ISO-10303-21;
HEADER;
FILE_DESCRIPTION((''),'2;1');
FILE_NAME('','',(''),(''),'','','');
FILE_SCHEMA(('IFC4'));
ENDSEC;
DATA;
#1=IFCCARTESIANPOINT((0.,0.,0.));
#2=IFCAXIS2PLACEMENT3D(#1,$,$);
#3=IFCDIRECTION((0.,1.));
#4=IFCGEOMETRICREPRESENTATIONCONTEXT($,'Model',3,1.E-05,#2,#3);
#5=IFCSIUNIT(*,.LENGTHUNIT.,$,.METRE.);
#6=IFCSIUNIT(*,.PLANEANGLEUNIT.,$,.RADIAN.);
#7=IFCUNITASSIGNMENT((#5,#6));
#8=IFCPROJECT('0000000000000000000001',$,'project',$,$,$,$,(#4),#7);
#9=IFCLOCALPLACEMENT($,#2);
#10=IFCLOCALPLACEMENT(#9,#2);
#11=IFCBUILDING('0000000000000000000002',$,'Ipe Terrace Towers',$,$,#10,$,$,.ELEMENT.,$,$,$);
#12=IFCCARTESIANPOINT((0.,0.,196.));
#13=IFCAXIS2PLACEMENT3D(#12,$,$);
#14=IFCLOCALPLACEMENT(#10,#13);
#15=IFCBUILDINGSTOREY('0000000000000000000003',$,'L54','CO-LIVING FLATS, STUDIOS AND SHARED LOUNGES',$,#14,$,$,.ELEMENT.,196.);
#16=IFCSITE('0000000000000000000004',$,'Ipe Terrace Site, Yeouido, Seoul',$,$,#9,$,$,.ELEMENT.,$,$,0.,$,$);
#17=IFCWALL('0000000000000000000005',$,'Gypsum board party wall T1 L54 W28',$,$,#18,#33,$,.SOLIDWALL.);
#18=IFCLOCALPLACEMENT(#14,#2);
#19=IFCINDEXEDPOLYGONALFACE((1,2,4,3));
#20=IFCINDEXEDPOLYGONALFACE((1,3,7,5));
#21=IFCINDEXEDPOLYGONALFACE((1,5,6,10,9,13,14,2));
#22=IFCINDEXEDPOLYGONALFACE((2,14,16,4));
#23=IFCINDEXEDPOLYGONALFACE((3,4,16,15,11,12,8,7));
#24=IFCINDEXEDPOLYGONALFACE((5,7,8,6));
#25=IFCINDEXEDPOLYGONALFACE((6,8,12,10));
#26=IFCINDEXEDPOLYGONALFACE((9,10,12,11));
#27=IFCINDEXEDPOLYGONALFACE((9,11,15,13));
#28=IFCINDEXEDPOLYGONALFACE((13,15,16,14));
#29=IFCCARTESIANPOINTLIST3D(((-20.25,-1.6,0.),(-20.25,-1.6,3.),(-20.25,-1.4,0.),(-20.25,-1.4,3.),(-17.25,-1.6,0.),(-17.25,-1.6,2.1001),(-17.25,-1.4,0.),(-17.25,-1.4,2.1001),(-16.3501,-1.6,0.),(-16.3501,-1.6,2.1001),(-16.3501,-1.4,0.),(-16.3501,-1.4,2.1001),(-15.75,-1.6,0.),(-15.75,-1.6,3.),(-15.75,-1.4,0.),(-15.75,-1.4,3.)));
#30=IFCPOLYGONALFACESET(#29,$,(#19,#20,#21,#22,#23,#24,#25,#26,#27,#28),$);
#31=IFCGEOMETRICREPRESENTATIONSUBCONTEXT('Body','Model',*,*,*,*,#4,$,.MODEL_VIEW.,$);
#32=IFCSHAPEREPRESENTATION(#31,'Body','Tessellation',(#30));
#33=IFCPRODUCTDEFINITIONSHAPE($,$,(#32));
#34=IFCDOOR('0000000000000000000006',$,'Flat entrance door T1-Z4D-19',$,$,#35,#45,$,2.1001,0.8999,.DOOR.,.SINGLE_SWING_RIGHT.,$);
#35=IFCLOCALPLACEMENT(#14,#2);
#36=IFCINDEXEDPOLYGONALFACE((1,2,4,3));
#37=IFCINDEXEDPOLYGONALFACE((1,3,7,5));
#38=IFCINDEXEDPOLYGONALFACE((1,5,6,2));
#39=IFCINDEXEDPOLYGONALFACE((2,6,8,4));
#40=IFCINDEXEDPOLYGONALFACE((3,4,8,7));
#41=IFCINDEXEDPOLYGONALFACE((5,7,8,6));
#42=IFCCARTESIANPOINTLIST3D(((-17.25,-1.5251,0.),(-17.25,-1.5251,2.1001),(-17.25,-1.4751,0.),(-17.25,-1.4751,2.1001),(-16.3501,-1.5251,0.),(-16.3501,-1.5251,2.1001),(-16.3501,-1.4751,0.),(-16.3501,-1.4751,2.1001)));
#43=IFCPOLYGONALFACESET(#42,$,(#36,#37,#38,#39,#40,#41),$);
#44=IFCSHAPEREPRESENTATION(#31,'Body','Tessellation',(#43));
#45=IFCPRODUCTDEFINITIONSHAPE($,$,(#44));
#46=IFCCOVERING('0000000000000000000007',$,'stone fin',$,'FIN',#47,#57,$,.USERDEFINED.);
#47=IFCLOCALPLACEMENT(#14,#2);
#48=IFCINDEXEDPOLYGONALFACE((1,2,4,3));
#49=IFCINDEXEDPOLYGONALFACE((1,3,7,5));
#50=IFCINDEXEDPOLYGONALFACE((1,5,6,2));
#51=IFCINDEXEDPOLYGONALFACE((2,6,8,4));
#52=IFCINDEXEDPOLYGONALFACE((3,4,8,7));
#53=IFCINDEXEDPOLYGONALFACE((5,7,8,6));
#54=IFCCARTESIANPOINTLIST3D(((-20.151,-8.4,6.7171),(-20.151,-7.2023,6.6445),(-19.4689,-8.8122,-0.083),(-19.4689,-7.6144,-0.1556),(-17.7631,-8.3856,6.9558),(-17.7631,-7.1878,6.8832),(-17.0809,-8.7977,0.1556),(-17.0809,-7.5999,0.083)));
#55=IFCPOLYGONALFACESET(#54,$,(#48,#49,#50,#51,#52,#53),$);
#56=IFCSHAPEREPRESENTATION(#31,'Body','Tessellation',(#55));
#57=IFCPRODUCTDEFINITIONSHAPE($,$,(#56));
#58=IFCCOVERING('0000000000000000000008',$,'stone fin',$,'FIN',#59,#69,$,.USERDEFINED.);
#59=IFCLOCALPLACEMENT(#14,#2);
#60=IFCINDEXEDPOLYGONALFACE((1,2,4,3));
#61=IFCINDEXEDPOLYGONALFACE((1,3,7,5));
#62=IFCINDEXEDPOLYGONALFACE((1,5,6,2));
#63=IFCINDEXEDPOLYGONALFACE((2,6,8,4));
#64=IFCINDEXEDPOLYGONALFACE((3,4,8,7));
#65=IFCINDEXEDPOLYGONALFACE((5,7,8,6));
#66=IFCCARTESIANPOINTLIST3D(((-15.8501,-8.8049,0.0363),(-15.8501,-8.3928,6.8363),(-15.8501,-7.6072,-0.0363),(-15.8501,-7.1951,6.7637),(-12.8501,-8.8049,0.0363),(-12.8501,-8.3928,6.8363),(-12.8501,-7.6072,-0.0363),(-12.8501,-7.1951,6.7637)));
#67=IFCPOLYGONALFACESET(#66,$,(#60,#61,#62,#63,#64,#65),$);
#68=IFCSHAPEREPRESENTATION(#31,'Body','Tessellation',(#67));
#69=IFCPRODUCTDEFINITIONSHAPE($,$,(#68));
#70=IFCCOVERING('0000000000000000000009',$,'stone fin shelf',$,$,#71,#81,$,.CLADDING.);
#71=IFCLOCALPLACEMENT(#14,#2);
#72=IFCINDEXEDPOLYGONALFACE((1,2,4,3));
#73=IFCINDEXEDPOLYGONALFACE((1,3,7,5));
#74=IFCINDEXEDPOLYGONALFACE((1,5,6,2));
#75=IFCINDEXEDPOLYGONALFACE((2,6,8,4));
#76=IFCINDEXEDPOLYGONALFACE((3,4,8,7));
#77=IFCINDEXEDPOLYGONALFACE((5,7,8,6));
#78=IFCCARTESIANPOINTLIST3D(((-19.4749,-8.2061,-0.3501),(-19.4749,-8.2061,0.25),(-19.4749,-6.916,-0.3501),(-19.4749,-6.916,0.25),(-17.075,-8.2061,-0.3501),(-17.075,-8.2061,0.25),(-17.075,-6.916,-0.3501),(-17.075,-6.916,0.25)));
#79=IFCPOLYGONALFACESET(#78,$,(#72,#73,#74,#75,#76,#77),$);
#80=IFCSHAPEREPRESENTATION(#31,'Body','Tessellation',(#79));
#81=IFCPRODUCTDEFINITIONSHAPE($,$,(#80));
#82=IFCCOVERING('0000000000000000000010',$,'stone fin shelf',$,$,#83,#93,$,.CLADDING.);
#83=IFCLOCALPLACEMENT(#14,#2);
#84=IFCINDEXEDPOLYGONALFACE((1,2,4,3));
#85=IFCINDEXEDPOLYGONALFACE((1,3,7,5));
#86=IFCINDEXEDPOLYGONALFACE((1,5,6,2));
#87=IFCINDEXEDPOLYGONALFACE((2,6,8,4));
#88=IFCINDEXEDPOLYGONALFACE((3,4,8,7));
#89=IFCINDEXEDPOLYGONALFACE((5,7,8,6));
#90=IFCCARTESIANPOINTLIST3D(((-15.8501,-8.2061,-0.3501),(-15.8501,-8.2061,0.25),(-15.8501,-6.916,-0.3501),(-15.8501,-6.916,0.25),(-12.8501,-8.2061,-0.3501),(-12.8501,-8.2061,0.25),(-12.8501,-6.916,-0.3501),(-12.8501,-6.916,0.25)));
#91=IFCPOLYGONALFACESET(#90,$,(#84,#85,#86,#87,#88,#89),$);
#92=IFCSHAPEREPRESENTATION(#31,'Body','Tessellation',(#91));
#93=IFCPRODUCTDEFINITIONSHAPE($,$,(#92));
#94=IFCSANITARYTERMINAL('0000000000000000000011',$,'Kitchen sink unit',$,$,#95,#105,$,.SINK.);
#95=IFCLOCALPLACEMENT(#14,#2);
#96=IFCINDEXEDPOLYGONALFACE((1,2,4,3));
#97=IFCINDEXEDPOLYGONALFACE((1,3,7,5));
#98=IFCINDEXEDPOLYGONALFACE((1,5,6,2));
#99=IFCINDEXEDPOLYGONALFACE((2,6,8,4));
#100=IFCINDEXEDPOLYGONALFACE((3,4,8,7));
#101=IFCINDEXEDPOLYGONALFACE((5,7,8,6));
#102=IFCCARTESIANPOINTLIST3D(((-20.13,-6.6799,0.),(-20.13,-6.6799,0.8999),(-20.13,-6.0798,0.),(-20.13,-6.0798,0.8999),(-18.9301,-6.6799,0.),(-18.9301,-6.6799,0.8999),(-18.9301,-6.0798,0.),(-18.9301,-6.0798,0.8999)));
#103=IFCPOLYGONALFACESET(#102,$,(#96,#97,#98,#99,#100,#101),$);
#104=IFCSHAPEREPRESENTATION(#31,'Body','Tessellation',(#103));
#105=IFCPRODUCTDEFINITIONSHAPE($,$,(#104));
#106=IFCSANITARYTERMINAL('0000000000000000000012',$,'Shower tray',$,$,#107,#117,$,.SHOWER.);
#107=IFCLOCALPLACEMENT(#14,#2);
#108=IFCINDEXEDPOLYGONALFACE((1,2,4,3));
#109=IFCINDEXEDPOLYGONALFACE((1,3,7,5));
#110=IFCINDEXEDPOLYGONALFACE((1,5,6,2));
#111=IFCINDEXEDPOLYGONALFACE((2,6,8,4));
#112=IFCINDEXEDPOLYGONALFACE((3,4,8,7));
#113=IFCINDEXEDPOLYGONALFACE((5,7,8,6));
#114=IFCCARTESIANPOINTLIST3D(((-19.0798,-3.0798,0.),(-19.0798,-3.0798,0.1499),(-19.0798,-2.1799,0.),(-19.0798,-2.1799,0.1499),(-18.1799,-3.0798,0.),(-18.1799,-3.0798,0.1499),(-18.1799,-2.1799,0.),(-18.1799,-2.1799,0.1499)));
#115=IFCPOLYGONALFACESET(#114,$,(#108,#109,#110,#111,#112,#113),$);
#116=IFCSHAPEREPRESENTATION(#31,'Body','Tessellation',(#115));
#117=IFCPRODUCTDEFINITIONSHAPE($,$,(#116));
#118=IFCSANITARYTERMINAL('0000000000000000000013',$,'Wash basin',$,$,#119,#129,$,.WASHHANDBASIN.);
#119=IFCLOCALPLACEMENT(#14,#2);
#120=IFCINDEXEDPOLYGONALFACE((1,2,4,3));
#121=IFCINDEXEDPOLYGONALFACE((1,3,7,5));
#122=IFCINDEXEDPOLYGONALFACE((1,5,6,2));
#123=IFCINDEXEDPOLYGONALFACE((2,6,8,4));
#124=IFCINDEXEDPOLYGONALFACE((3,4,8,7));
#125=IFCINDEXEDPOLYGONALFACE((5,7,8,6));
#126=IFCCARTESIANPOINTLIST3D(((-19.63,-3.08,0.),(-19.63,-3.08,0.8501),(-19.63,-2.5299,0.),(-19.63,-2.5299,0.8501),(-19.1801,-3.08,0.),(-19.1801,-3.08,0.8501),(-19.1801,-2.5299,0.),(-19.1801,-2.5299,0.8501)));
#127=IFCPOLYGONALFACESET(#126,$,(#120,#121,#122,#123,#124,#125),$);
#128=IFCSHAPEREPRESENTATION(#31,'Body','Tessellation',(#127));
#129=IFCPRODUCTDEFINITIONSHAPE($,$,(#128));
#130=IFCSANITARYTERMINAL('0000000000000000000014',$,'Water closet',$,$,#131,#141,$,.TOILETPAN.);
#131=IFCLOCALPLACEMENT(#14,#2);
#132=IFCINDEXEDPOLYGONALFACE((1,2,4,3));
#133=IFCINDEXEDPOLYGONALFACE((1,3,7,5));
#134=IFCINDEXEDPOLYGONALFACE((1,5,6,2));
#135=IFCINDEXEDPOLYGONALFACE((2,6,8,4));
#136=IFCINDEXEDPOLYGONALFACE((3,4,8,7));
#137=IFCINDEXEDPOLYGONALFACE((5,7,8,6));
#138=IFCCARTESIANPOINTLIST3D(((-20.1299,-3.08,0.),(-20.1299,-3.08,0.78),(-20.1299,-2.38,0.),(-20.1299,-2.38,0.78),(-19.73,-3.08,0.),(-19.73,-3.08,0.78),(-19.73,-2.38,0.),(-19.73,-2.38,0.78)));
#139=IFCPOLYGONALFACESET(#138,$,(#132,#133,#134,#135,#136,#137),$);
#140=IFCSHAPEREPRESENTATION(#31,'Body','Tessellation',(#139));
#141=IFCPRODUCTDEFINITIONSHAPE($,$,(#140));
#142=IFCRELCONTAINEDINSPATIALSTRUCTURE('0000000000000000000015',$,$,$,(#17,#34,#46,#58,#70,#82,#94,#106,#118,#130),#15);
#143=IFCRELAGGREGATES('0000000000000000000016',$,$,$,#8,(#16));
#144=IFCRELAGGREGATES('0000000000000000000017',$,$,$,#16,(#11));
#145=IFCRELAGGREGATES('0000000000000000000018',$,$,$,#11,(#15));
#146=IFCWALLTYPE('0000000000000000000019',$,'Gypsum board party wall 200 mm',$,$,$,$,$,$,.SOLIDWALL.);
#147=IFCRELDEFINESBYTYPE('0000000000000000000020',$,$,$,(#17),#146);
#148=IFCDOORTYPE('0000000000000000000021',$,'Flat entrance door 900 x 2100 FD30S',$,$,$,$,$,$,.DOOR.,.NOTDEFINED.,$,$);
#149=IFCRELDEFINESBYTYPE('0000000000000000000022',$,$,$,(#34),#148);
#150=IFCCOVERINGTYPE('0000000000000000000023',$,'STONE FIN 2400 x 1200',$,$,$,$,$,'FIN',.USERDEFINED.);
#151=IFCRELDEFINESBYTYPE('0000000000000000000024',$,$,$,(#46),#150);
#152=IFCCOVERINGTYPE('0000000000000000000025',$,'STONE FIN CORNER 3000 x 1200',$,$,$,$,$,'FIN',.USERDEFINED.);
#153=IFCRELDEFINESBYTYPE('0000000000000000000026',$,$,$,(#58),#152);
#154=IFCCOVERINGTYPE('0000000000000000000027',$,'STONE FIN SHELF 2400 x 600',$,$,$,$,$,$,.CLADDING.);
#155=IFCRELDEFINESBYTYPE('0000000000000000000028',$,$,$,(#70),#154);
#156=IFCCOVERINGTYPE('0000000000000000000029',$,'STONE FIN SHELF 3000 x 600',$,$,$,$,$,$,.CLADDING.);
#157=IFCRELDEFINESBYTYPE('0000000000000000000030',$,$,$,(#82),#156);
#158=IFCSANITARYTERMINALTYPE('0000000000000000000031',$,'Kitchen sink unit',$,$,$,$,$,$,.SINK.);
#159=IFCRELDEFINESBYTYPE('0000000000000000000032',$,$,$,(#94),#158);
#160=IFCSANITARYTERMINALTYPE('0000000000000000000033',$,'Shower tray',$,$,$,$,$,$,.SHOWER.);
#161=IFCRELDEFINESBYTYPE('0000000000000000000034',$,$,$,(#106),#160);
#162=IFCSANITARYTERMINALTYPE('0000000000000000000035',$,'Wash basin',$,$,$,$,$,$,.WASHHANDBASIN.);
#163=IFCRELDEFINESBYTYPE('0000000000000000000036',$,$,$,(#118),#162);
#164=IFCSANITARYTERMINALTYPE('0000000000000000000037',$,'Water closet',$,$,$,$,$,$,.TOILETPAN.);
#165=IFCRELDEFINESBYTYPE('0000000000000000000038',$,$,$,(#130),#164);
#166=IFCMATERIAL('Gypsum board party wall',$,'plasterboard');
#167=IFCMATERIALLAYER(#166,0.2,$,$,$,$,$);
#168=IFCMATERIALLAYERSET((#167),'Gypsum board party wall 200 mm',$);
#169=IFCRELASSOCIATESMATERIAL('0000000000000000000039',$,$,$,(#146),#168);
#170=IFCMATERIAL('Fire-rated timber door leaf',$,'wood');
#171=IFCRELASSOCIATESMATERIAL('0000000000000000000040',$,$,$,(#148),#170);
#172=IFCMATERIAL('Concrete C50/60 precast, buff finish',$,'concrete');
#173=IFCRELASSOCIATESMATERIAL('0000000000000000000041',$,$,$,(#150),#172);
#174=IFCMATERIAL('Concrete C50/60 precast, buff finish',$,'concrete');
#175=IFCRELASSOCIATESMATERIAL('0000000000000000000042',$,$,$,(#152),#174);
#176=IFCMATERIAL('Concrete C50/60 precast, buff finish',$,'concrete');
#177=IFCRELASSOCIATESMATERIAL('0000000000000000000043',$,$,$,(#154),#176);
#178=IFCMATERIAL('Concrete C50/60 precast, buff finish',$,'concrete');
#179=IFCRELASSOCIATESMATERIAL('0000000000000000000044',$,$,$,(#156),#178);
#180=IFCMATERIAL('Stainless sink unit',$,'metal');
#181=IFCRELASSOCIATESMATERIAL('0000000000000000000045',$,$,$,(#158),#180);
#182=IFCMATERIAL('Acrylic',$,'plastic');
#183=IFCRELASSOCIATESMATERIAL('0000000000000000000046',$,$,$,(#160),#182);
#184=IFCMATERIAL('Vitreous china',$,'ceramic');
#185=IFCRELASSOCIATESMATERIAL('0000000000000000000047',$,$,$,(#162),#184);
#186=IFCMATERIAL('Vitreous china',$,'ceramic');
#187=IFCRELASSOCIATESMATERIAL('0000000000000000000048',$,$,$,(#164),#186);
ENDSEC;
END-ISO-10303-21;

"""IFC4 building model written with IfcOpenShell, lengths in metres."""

from ifc_helpers import new_model, si_unit, direction, frame, frame_2d, origin, origin_2d, place, context, subcontext, project, spatial, rectangle, extrude, material, layer, layer_set, material_profile, profile_set, type_object, element, fill, save


model = new_model("IFC4")

# Units and contexts
model_context = context("Model", 3, precision=1e-05, world=origin(), true_north=direction((0.0, 1.0)))
body_context = subcontext(model_context, "Body", "Model", "MODEL_VIEW")
ifc_project = project(units=[si_unit("LENGTHUNIT", "METRE"), si_unit("PLANEANGLEUNIT", "RADIAN")], contexts=[model_context])

# Site, building, storey
site_placement = place(None, origin())
site = spatial("IfcSite", under=ifc_project, at=site_placement, Name="Ipe Terrace Site, Yeouido, Seoul", CompositionType="ELEMENT", RefElevation=0.0)
building_placement = place(site_placement, origin())
building = spatial("IfcBuilding", under=site, at=building_placement, Name="Ipe Terrace Towers", CompositionType="ELEMENT")
storey_placement = place(building_placement, frame((0.0, 0.0, 196.0)))
storey = spatial("IfcBuildingStorey", under=building, at=storey_placement, Name="L54", Description="CO-LIVING FLATS, STUDIOS AND SHARED LOUNGES", CompositionType="ELEMENT", Elevation=196.0)

# Shared definitions
ifc_material_1 = material(Name="Gypsum board party wall", Category="plasterboard")
ifc_layer_1 = layer(ifc_material_1, 0.2)
ifc_layer_set_1 = layer_set([ifc_layer_1], Name="Gypsum board party wall 200 mm")
wall_type_1 = type_object("IfcWallType", Name="Gypsum board party wall 200 mm", PredefinedType="SOLIDWALL", material=ifc_layer_set_1)

# Wall, opening, door
wall_1_placement = place(storey_placement, frame((-20.25, -1.5, 0.0), z_axis=(0.0, 0.0, 1.0), x_axis=(1.0, 0.0, 0.0)))
wall_1 = element("IfcWall", 1, at=wall_1_placement, inside=storey, type_object=wall_type_1, Name="Gypsum board party wall T1 L54 W28", PredefinedType="SOLIDWALL", context=body_context, shape_type="SweptSolid", body=[
    extrude(rectangle(XDim=4.5, YDim=0.2, at=frame_2d((2.25, 0.0))), origin(), (0.0, 0.0, 1.0), 3.0),
])
opening_1_placement = place(wall_1_placement, frame((3.0, 0.0, 0.0)))
opening_1 = element("IfcOpeningElement", 2, at=opening_1_placement, cuts=wall_1, PredefinedType="OPENING", context=body_context, shape_type="SweptSolid", body=[
    extrude(rectangle(XDim=0.8999, YDim=2.1001, at=frame_2d((0.45, 1.05))), frame((0.0, 0.1099, 0.0), z_axis=(0.0, -1.0, 0.0), x_axis=(1.0, 0.0, 0.0)), (0.0, 0.0, 1.0), 0.22),
])
ifc_material_2 = material(Name="Fire-rated timber door leaf", Category="wood")
door_type_1 = type_object("IfcDoorType", Name="Flat entrance door 900 x 2100 FD30S", OperationType="NOTDEFINED", PredefinedType="DOOR", material=ifc_material_2)
door_1_placement = place(opening_1_placement, origin())
door_1 = element("IfcDoor", 3, at=door_1_placement, inside=storey, type_object=door_type_1, Name="Flat entrance door T1-Z4D-19", OperationType="SINGLE_SWING_RIGHT", OverallHeight=2.1001, OverallWidth=0.8999, PredefinedType="DOOR", context=body_context, shape_type="SweptSolid", body=[
    extrude(rectangle(XDim=0.8999, YDim=2.1001, at=frame_2d((0.45, 1.05))), frame((0.0, 0.0249, 0.0), z_axis=(0.0, -1.0, 0.0), x_axis=(1.0, 0.0, 0.0)), (0.0, 0.0, 1.0), 0.05),
])
fill(opening_1, door_1)

# Coverings
ifc_material_3 = material(Name="Concrete C50/60 precast, buff finish", Category="concrete")
ifc_material_profile_1 = material_profile(ifc_material_3, rectangle(XDim=2.3999, YDim=1.2, at=origin_2d()), Name="STONE FIN 2400 x 1200")
ifc_profile_set_1 = profile_set([ifc_material_profile_1], Name="Concrete C50/60 precast, buff finish")
covering_type_1 = type_object("IfcCoveringType", Name="STONE FIN 2400 x 1200", ElementType="FIN", PredefinedType="USERDEFINED", material=ifc_profile_set_1)
covering_1_placement = place(storey_placement, frame((-18.2749, -8.2061, 0.0), z_axis=(-0.09963, 0.060192, 0.993202), x_axis=(0.995025, 0.006027, 0.099448)))
element("IfcCovering", 4, at=covering_1_placement, inside=storey, type_object=covering_type_1, Name="stone fin", ObjectType="FIN", PredefinedType="USERDEFINED", context=body_context, shape_type="SweptSolid", body=[
    extrude(rectangle(XDim=2.3999, YDim=1.2, at=origin_2d()), origin(), (0.0, 0.0, 1.0), 6.8467),
])
ifc_material_4 = material(Name="Concrete C50/60 precast, buff finish", Category="concrete")
ifc_material_profile_2 = material_profile(ifc_material_4, rectangle(XDim=3.0, YDim=1.2, at=origin_2d()), Name="STONE FIN CORNER 3000 x 1200")
ifc_profile_set_2 = profile_set([ifc_material_profile_2], Name="Concrete C50/60 precast, buff finish")
covering_type_2 = type_object("IfcCoveringType", Name="STONE FIN CORNER 3000 x 1200", ElementType="FIN", PredefinedType="USERDEFINED", material=ifc_profile_set_2)
covering_2_placement = place(storey_placement, frame((-14.3501, -8.2061, 0.0), z_axis=(0.0, 0.060493, 0.998169), x_axis=(1.0, 0.0, 0.0)))
element("IfcCovering", 5, at=covering_2_placement, inside=storey, type_object=covering_type_2, Name="stone fin", ObjectType="FIN", PredefinedType="USERDEFINED", context=body_context, shape_type="SweptSolid", body=[
    extrude(rectangle(XDim=3.0, YDim=1.2, at=origin_2d()), origin(), (0.0, 0.0, 1.0), 6.8125),
])
ifc_material_5 = material(Name="Concrete C50/60 precast, buff finish", Category="concrete")
covering_type_3 = type_object("IfcCoveringType", Name="STONE FIN SHELF 2400 x 600", PredefinedType="CLADDING", material=ifc_material_5)
covering_3_placement = place(storey_placement, frame((-18.2749, -7.561, -0.3501), z_axis=(0.0, 0.0, 1.0), x_axis=(1.0, 0.0, 0.0)))
element("IfcCovering", 6, at=covering_3_placement, inside=storey, type_object=covering_type_3, Name="stone fin shelf", PredefinedType="CLADDING", context=body_context, shape_type="SweptSolid", body=[
    extrude(rectangle(XDim=2.3999, YDim=1.29, at=origin_2d()), origin(), (0.0, 0.0, 1.0), 0.6001),
])
ifc_material_6 = material(Name="Concrete C50/60 precast, buff finish", Category="concrete")
covering_type_4 = type_object("IfcCoveringType", Name="STONE FIN SHELF 3000 x 600", PredefinedType="CLADDING", material=ifc_material_6)
covering_4_placement = place(storey_placement, frame((-14.3501, -7.561, -0.3501), z_axis=(0.0, 0.0, 1.0), x_axis=(1.0, 0.0, 0.0)))
element("IfcCovering", 7, at=covering_4_placement, inside=storey, type_object=covering_type_4, Name="stone fin shelf", PredefinedType="CLADDING", context=body_context, shape_type="SweptSolid", body=[
    extrude(rectangle(XDim=3.0, YDim=1.29, at=origin_2d()), origin(), (0.0, 0.0, 1.0), 0.6001),
])

# Sanitary terminals
ifc_material_7 = material(Name="Stainless sink unit", Category="metal")
sanitary_terminal_type_1 = type_object("IfcSanitaryTerminalType", Name="Kitchen sink unit", PredefinedType="SINK", material=ifc_material_7)
sanitary_terminal_1_placement = place(storey_placement, frame((-19.53, -6.3799, 0.0), z_axis=(0.0, 0.0, 1.0), x_axis=(-1.0, 0.0, 0.0)))
element("IfcSanitaryTerminal", 8, at=sanitary_terminal_1_placement, inside=storey, type_object=sanitary_terminal_type_1, Name="Kitchen sink unit", PredefinedType="SINK", context=body_context, shape_type="SweptSolid", body=[
    extrude(rectangle(XDim=1.2, YDim=0.6001, at=origin_2d()), origin(), (0.0, 0.0, 1.0), 0.8999),
])
ifc_material_8 = material(Name="Acrylic", Category="plastic")
sanitary_terminal_type_2 = type_object("IfcSanitaryTerminalType", Name="Shower tray", PredefinedType="SHOWER", material=ifc_material_8)
sanitary_terminal_2_placement = place(storey_placement, frame((-18.6299, -2.6299, 0.0), z_axis=(0.0, 0.0, 1.0), x_axis=(0.0, 1.0, 0.0)))
element("IfcSanitaryTerminal", 9, at=sanitary_terminal_2_placement, inside=storey, type_object=sanitary_terminal_type_2, Name="Shower tray", PredefinedType="SHOWER", context=body_context, shape_type="SweptSolid", body=[
    extrude(rectangle(XDim=0.8999, YDim=0.8999, at=origin_2d()), origin(), (0.0, 0.0, 1.0), 0.1499),
])
ifc_material_9 = material(Name="Vitreous china", Category="ceramic")
sanitary_terminal_type_3 = type_object("IfcSanitaryTerminalType", Name="Wash basin", PredefinedType="WASHHANDBASIN", material=ifc_material_9)
sanitary_terminal_3_placement = place(storey_placement, frame((-19.405, -2.8049, 0.0), z_axis=(0.0, 0.0, 1.0), x_axis=(0.0, 1.0, 0.0)))
element("IfcSanitaryTerminal", 10, at=sanitary_terminal_3_placement, inside=storey, type_object=sanitary_terminal_type_3, Name="Wash basin", PredefinedType="WASHHANDBASIN", context=body_context, shape_type="SweptSolid", body=[
    extrude(rectangle(XDim=0.55, YDim=0.45, at=origin_2d()), origin(), (0.0, 0.0, 1.0), 0.8501),
])
ifc_material_10 = material(Name="Vitreous china", Category="ceramic")
sanitary_terminal_type_4 = type_object("IfcSanitaryTerminalType", Name="Water closet", PredefinedType="TOILETPAN", material=ifc_material_10)
sanitary_terminal_4_placement = place(storey_placement, frame((-19.9299, -2.73, 0.0), z_axis=(0.0, 0.0, 1.0), x_axis=(0.0, 1.0, 0.0)))
element("IfcSanitaryTerminal", 11, at=sanitary_terminal_4_placement, inside=storey, type_object=sanitary_terminal_type_4, Name="Water closet", PredefinedType="TOILETPAN", context=body_context, shape_type="SweptSolid", body=[
    extrude(rectangle(XDim=0.7, YDim=0.3999, at=origin_2d()), origin(), (0.0, 0.0, 1.0), 0.78),
])

save(model, "model.ifc")
